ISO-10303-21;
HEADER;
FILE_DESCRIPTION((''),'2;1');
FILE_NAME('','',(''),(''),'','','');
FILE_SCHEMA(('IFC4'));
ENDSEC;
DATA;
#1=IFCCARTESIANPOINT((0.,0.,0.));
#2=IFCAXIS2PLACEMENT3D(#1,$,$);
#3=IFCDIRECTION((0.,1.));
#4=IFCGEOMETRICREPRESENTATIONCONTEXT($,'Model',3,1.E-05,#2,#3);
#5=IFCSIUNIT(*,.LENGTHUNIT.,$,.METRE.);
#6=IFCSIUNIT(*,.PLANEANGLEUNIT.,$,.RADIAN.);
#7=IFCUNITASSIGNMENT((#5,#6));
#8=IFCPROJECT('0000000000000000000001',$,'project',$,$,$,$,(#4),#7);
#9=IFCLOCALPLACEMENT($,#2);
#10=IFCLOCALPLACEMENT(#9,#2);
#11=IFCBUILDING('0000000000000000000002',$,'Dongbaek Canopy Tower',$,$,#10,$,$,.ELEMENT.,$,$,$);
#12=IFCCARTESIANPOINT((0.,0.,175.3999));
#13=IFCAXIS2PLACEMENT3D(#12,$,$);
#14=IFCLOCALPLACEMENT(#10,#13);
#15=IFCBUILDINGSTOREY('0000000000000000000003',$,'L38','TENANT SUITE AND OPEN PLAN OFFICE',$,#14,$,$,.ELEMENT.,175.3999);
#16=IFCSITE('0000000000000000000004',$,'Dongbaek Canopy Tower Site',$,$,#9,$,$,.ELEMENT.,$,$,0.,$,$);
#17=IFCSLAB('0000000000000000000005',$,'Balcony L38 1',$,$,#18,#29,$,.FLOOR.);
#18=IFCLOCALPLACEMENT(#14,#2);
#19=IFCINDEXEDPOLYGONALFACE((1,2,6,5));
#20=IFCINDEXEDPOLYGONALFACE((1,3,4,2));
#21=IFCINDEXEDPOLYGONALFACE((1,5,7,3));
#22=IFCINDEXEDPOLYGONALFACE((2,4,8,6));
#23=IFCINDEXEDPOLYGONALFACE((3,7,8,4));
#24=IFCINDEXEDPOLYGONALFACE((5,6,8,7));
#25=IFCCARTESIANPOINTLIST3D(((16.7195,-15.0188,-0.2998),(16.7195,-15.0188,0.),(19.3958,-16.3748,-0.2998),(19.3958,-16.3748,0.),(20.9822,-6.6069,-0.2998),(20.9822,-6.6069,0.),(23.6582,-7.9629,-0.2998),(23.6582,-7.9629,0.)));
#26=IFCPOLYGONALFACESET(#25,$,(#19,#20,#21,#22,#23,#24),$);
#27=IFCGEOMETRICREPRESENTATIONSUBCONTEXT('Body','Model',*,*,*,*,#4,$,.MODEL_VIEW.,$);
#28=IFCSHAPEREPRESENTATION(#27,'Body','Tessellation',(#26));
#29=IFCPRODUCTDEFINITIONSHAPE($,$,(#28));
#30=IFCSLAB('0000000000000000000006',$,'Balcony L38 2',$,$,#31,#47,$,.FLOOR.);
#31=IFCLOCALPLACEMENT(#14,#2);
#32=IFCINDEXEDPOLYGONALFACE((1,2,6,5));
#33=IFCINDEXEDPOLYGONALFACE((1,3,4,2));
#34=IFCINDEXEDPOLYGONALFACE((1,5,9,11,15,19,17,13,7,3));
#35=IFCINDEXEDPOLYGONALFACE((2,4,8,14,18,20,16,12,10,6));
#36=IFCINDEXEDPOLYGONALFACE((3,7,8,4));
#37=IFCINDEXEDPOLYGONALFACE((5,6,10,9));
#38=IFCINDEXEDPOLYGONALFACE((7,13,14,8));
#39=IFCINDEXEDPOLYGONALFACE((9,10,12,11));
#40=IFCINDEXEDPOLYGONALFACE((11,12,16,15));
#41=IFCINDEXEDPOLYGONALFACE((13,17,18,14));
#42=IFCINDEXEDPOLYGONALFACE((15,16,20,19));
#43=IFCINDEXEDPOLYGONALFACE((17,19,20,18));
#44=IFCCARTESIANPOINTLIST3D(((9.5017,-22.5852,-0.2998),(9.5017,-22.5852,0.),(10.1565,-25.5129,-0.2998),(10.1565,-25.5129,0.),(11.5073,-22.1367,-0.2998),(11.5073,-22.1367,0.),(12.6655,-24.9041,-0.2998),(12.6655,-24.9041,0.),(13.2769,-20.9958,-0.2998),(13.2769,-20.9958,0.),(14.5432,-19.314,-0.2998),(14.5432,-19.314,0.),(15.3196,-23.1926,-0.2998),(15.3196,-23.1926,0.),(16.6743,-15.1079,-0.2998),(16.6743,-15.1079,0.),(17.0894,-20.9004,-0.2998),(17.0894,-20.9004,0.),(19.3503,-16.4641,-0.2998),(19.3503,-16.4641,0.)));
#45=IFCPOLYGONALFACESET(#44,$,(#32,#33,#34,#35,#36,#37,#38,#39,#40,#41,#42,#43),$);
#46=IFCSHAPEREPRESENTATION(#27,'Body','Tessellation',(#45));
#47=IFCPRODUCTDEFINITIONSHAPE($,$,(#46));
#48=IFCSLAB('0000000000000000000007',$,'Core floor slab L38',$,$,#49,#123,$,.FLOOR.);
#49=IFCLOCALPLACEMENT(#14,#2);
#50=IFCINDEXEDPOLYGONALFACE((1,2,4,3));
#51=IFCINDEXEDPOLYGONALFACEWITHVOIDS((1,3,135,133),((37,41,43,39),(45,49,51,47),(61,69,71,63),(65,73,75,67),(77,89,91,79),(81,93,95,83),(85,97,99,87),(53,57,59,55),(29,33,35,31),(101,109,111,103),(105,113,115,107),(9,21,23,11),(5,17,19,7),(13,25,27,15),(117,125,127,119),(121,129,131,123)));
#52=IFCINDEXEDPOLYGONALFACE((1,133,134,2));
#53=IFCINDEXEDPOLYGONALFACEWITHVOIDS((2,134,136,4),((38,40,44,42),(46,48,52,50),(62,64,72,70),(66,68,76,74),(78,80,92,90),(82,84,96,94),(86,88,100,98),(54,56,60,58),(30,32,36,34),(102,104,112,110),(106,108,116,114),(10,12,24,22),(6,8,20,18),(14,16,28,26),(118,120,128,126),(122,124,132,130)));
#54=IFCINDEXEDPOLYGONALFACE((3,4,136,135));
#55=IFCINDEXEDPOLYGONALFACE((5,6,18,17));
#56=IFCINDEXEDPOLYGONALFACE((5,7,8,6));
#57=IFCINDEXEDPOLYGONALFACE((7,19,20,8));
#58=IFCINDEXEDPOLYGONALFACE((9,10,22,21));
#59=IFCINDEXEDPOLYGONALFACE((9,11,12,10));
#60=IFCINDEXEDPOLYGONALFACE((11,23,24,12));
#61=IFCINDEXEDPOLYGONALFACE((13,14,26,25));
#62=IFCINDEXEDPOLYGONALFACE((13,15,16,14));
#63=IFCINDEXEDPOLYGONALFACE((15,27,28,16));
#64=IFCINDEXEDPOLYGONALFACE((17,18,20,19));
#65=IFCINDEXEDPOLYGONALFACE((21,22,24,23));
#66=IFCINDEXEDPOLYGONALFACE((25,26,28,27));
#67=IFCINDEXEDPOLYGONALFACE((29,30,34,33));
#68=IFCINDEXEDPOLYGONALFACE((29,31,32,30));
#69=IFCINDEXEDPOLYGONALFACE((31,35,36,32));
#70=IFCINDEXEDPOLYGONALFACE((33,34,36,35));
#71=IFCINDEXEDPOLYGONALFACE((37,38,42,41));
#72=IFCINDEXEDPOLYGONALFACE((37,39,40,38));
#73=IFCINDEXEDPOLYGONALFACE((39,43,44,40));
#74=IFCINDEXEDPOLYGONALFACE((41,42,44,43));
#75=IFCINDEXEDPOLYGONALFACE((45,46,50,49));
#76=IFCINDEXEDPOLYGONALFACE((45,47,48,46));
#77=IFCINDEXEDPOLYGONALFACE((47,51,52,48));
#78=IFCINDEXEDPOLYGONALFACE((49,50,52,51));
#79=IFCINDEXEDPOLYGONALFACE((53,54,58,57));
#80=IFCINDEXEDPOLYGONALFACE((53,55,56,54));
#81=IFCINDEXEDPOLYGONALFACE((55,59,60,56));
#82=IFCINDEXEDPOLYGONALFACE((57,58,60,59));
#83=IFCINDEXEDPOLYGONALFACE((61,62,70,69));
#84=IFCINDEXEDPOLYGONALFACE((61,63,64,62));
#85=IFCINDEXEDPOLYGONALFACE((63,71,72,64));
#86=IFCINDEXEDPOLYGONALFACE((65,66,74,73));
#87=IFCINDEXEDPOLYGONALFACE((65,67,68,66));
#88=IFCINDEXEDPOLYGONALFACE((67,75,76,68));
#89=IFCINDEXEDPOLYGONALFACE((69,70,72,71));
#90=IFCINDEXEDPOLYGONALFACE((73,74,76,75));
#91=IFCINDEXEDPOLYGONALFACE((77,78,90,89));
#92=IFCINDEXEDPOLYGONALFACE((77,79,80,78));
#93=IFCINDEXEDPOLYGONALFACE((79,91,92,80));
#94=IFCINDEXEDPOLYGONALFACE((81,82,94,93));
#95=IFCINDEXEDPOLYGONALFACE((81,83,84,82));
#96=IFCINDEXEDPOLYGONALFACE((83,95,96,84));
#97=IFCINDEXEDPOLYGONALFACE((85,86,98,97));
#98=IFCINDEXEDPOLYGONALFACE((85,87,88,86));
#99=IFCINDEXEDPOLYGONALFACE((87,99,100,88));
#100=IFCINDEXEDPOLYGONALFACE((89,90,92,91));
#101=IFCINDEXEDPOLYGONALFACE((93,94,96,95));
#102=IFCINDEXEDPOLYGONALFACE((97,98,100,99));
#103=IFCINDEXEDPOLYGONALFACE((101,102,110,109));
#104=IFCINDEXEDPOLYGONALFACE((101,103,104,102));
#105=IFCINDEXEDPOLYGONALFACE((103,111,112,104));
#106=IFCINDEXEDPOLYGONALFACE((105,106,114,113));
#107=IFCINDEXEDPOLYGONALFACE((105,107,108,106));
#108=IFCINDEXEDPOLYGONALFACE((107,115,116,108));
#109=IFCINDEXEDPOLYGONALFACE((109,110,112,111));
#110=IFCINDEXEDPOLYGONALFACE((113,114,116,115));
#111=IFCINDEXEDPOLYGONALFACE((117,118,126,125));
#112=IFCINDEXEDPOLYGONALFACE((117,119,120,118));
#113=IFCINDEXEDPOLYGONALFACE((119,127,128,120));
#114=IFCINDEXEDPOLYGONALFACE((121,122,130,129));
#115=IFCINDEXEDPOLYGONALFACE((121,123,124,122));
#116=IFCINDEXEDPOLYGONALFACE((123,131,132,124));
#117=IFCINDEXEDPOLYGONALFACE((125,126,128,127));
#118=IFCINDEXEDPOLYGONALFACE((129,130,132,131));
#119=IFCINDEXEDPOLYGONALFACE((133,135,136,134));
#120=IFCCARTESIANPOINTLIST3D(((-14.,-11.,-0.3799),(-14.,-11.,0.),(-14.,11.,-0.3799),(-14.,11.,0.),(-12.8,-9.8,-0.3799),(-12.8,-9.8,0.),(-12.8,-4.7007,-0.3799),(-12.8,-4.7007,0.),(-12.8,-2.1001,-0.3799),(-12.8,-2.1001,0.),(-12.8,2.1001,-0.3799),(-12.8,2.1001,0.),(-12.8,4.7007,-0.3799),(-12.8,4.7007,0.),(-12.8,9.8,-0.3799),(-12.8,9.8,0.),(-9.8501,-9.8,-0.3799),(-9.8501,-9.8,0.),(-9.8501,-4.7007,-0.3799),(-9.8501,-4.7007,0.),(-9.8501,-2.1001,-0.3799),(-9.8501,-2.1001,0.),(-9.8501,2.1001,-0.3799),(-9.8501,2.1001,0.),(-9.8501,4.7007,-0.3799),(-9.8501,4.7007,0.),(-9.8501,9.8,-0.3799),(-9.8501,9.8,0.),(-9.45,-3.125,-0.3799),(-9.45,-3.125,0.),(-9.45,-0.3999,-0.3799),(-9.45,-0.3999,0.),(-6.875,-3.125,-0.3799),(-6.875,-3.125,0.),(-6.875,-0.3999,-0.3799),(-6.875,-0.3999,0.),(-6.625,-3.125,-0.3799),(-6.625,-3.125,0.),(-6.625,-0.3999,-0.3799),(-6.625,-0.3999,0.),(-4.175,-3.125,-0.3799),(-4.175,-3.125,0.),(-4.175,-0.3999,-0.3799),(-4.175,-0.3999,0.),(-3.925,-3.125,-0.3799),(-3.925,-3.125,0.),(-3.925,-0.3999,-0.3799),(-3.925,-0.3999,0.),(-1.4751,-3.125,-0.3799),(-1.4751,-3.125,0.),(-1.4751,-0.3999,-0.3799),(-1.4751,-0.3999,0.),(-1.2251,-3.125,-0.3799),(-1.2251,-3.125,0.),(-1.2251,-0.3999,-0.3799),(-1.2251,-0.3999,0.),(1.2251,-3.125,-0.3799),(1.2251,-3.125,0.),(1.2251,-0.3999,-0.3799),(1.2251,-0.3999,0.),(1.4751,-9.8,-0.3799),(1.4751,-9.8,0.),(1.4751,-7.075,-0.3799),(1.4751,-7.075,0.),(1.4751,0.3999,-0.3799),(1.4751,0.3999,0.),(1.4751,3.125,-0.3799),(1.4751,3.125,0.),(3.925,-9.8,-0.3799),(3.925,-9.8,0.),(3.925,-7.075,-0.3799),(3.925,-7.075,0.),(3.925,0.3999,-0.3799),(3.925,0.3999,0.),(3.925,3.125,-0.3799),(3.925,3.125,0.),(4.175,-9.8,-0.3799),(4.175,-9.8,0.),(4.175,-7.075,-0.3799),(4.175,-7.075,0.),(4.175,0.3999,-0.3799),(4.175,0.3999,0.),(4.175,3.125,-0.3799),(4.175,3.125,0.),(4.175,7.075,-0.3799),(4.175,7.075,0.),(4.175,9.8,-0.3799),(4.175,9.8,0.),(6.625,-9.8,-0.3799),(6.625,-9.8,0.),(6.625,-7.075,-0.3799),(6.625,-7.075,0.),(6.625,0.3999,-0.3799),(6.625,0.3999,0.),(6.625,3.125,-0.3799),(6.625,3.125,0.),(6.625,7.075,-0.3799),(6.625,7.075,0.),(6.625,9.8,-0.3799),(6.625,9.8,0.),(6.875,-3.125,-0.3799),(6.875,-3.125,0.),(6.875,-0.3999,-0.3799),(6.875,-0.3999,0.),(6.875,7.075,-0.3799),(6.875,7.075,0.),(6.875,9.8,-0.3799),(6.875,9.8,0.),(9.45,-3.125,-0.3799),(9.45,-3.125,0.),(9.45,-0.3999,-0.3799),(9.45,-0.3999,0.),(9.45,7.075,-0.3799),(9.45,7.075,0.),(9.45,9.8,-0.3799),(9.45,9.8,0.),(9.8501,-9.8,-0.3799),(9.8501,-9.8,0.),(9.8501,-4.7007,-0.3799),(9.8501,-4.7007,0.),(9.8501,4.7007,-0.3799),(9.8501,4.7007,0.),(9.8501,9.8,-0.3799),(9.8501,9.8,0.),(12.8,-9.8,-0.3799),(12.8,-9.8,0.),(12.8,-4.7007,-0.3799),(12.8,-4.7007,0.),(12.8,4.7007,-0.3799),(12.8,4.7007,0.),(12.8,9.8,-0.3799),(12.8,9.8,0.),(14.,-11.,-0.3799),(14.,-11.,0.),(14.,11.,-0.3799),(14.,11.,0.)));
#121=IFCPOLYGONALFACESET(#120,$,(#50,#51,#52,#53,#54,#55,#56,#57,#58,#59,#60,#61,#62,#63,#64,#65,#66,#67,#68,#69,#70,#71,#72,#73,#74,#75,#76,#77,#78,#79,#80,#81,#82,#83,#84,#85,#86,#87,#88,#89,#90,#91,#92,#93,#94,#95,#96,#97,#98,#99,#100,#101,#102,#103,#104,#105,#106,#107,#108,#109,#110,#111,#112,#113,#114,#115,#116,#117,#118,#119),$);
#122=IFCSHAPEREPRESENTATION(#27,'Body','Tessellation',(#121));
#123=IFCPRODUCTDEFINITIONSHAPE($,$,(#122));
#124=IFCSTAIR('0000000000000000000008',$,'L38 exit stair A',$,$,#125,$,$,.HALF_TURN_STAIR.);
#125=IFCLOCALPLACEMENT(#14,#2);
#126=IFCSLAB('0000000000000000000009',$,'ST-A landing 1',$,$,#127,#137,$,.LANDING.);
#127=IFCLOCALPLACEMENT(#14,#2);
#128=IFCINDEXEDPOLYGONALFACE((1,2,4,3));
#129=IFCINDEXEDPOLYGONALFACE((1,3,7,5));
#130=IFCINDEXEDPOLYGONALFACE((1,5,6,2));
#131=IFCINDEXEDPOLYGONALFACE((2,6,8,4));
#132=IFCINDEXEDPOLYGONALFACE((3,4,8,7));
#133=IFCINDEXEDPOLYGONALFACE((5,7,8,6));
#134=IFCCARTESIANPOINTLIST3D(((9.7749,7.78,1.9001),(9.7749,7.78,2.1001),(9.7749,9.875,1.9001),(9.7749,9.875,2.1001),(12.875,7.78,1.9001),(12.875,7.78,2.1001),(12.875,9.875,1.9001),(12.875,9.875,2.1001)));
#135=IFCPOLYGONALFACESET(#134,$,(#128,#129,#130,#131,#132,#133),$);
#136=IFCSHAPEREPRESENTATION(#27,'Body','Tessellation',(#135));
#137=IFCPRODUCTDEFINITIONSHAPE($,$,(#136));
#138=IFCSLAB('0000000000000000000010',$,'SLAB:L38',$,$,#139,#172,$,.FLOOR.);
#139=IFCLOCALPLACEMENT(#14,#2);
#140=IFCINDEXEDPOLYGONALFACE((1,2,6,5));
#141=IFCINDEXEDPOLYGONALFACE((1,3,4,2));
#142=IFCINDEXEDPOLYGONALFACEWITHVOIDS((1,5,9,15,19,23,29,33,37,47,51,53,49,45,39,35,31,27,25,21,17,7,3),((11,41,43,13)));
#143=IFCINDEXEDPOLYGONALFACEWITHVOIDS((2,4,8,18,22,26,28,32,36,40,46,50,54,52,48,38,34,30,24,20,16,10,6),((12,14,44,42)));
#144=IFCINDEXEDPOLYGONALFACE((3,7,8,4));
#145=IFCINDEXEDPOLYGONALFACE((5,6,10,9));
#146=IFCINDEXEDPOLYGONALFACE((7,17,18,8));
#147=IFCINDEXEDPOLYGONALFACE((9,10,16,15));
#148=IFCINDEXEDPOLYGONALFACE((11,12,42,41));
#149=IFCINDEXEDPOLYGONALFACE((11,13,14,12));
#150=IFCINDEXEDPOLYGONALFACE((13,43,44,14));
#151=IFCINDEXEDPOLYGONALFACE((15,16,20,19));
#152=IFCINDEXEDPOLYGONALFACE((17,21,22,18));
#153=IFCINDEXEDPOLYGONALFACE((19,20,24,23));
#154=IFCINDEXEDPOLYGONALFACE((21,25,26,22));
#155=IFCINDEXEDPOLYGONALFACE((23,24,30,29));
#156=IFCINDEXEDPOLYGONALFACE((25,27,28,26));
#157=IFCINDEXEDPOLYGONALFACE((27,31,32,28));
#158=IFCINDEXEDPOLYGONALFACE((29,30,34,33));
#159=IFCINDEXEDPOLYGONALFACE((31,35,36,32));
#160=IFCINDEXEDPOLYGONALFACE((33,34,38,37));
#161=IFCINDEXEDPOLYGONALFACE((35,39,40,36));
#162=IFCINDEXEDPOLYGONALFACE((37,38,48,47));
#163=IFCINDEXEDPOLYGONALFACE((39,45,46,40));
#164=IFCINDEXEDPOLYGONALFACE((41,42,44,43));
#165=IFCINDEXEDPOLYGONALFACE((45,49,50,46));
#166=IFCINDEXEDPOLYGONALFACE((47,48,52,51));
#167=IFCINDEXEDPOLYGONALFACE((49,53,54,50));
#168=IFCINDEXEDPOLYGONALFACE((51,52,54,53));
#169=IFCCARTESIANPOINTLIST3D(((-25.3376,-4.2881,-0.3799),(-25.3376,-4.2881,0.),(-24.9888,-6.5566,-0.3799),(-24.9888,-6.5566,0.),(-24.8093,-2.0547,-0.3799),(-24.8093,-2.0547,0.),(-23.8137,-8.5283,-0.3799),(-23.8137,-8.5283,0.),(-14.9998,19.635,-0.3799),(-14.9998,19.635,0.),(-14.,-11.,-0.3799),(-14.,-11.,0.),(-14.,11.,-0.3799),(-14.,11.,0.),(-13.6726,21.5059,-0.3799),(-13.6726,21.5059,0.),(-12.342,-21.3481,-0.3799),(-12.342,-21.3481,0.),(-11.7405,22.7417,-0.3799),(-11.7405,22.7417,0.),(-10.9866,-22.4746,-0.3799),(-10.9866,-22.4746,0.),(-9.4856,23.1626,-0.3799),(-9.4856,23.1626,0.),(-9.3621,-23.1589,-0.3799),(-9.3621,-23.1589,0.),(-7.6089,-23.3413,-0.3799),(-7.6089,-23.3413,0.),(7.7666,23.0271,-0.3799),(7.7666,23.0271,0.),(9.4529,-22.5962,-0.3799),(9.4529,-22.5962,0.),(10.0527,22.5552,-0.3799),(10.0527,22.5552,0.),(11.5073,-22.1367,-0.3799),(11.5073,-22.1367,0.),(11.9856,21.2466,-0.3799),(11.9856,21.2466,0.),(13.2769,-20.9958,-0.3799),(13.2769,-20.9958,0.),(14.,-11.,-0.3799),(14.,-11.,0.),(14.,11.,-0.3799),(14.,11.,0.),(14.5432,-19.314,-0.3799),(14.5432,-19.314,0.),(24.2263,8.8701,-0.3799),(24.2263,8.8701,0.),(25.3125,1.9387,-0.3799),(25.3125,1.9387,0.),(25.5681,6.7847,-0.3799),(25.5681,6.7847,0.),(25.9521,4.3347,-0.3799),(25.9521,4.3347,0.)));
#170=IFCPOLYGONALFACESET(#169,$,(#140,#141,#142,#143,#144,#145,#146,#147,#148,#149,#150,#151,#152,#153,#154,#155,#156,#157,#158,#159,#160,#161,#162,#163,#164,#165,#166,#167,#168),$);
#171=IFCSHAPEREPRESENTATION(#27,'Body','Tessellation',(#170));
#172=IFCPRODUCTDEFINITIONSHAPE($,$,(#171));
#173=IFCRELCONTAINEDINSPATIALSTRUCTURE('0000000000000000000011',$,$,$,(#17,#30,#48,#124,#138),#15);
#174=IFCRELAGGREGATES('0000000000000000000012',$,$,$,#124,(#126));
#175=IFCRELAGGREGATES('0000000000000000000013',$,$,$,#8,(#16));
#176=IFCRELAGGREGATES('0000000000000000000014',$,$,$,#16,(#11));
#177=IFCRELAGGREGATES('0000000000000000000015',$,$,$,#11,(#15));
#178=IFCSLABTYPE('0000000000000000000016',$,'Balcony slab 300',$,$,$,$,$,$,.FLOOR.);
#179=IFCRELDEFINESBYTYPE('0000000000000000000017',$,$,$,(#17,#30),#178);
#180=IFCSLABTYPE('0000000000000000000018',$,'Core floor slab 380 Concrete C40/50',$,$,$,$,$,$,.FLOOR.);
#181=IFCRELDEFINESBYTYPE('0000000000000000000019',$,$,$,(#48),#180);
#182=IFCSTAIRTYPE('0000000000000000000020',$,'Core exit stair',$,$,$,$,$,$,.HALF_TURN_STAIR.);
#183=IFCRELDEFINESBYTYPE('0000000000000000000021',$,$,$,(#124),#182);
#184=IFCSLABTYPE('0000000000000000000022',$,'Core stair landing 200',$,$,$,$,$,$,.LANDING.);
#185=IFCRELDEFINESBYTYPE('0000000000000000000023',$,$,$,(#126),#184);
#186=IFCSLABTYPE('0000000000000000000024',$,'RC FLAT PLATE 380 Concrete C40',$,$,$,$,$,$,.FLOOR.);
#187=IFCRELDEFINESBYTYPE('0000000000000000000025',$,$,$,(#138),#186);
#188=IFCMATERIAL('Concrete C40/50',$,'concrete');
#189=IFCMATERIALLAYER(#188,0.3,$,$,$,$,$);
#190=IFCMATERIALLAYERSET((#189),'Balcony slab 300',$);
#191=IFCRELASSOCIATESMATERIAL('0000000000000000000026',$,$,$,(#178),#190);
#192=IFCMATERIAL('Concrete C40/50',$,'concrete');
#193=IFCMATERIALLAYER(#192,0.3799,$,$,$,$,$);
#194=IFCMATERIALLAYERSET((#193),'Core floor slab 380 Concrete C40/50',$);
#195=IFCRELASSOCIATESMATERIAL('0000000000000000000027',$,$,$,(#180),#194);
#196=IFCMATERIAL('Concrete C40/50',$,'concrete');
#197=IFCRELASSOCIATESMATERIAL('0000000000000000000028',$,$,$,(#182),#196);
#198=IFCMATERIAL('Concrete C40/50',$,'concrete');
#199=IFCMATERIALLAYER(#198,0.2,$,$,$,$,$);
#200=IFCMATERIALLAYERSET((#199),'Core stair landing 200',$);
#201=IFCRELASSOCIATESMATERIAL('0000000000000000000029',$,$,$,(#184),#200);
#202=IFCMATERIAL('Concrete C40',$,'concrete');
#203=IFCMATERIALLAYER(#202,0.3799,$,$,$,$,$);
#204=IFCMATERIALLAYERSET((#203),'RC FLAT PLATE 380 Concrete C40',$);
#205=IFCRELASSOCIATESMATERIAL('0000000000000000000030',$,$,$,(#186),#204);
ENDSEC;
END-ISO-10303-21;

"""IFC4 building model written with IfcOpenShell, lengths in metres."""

from ifc_helpers import new_model, si_unit, direction, frame, origin, place, context, subcontext, project, spatial, polyline, outline, extrude, material, layer, layer_set, type_object, element, aggregate, save


model = new_model("IFC4")

# Units and contexts
model_context = context("Model", 3, precision=1e-05, world=origin(), true_north=direction((0.0, 1.0)))
body_context = subcontext(model_context, "Body", "Model", "MODEL_VIEW")
ifc_project = project(units=[si_unit("LENGTHUNIT", "METRE"), si_unit("PLANEANGLEUNIT", "RADIAN")], contexts=[model_context])

# Site, building, storey
site_placement = place(None, origin())
site = spatial("IfcSite", under=ifc_project, at=site_placement, Name="Dongbaek Canopy Tower Site", CompositionType="ELEMENT", RefElevation=0.0)
building_placement = place(site_placement, origin())
building = spatial("IfcBuilding", under=site, at=building_placement, Name="Dongbaek Canopy Tower", CompositionType="ELEMENT")
storey_placement = place(building_placement, frame((0.0, 0.0, 175.3999)))
storey = spatial("IfcBuildingStorey", under=building, at=storey_placement, Name="L38", Description="TENANT SUITE AND OPEN PLAN OFFICE", CompositionType="ELEMENT", Elevation=175.3999)

# Slabs
ifc_material_1 = material(Name="Concrete C40/50", Category="concrete")
ifc_layer_1 = layer(ifc_material_1, 0.3)
ifc_layer_set_1 = layer_set([ifc_layer_1], Name="Balcony slab 300")
slab_type_1 = type_object("IfcSlabType", Name="Balcony slab 300", PredefinedType="FLOOR", material=ifc_layer_set_1)
slab_1_placement = place(storey_placement, frame((0.0, 0.0, -0.2998)))
element("IfcSlab", 1, at=slab_1_placement, inside=storey, type_object=slab_type_1, Name="Balcony L38 1", PredefinedType="FLOOR", context=body_context, shape_type="SweptSolid", body=[
    extrude(outline(polyline([(16.7195, -15.0188), (20.9822, -6.6069), (23.6582, -7.9629), (19.3958, -16.3748), (16.7195, -15.0188)])), origin(), (0.0, 0.0, 1.0), 0.2998),
])
slab_2_placement = place(storey_placement, frame((0.0, 0.0, -0.2998)))
element("IfcSlab", 2, at=slab_2_placement, inside=storey, type_object=slab_type_1, Name="Balcony L38 2", PredefinedType="FLOOR", context=body_context, shape_type="SweptSolid", body=[
    extrude(outline(polyline([(9.5017, -22.5852), (11.5073, -22.1367), (13.2769, -20.9958), (14.5432, -19.314), (16.6743, -15.1079), (19.3503, -16.4641), (17.0894, -20.9004), (15.3196, -23.1926), (12.6655, -24.9041), (10.1565, -25.5129), (9.5017, -22.5852)])), origin(), (0.0, 0.0, 1.0), 0.2998),
])
ifc_material_2 = material(Name="Concrete C40/50", Category="concrete")
ifc_layer_2 = layer(ifc_material_2, 0.3799)
ifc_layer_set_2 = layer_set([ifc_layer_2], Name="Core floor slab 380 Concrete C40/50")
slab_type_2 = type_object("IfcSlabType", Name="Core floor slab 380 Concrete C40/50", PredefinedType="FLOOR", material=ifc_layer_set_2)
slab_3_placement = place(storey_placement, frame((0.0, 0.0, -0.3799)))
element("IfcSlab", 3, at=slab_3_placement, inside=storey, type_object=slab_type_2, Name="Core floor slab L38", PredefinedType="FLOOR", context=body_context, shape_type="SweptSolid", body=[
    extrude(outline(polyline([(14.0, -11.0), (14.0, 11.0), (-14.0, 11.0), (-14.0, -11.0), (14.0, -11.0)]), holes=[polyline([(-12.8, 2.1001), (-9.8501, 2.1001), (-9.8501, -2.1001), (-12.8, -2.1001), (-12.8, 2.1001)]), polyline([(6.625, 9.8), (6.625, 7.075), (4.175, 7.075), (4.175, 9.8), (6.625, 9.8)]), polyline([(9.45, 7.075), (6.875, 7.075), (6.875, 9.8), (9.45, 9.8), (9.45, 7.075)]), polyline([(1.4751, 0.3999), (1.4751, 3.125), (3.925, 3.125), (3.925, 0.3999), (1.4751, 0.3999)]), polyline([(4.175, 0.3999), (4.175, 3.125), (6.625, 3.125), (6.625, 0.3999), (4.175, 0.3999)]), polyline([(-9.45, -0.3999), (-6.875, -0.3999), (-6.875, -3.125), (-9.45, -3.125), (-9.45, -0.3999)]), polyline([(-6.625, -3.125), (-6.625, -0.3999), (-4.175, -0.3999), (-4.175, -3.125), (-6.625, -3.125)]), polyline([(-3.925, -3.125), (-3.925, -0.3999), (-1.4751, -0.3999), (-1.4751, -3.125), (-3.925, -3.125)]), polyline([(-1.2251, -3.125), (-1.2251, -0.3999), (1.2251, -0.3999), (1.2251, -3.125), (-1.2251, -3.125)]), polyline([(9.45, -3.125), (6.875, -3.125), (6.875, -0.3999), (9.45, -0.3999), (9.45, -3.125)]), polyline([(1.4751, -9.8), (1.4751, -7.075), (3.925, -7.075), (3.925, -9.8), (1.4751, -9.8)]), polyline([(4.175, -9.8), (4.175, -7.075), (6.625, -7.075), (6.625, -9.8), (4.175, -9.8)]), polyline([(12.8, 4.7007), (12.8, 9.8), (9.8501, 9.8), (9.8501, 4.7007), (12.8, 4.7007)]), polyline([(-9.8501, 4.7007), (-9.8501, 9.8), (-12.8, 9.8), (-12.8, 4.7007), (-9.8501, 4.7007)]), polyline([(9.8501, -4.7007), (9.8501, -9.8), (12.8, -9.8), (12.8, -4.7007), (9.8501, -4.7007)]), polyline([(-12.8, -4.7007), (-12.8, -9.8), (-9.8501, -9.8), (-9.8501, -4.7007), (-12.8, -4.7007)])]), origin(), (0.0, 0.0, 1.0), 0.3799),
])

# Stair, slab
ifc_material_3 = material(Name="Concrete C40/50", Category="concrete")
stair_type = type_object("IfcStairType", Name="Core exit stair", PredefinedType="HALF_TURN_STAIR", material=ifc_material_3)
stair_1_placement = place(storey_placement, origin())
stair_1 = element("IfcStair", 4, at=stair_1_placement, inside=storey, type_object=stair_type, Name="L38 exit stair A", PredefinedType="HALF_TURN_STAIR")
ifc_material_4 = material(Name="Concrete C40/50", Category="concrete")
ifc_layer_3 = layer(ifc_material_4, 0.2)
ifc_layer_set_3 = layer_set([ifc_layer_3], Name="Core stair landing 200")
slab_type_3 = type_object("IfcSlabType", Name="Core stair landing 200", PredefinedType="LANDING", material=ifc_layer_set_3)
slab_4_placement = place(storey_placement, frame((0.0, 0.0, 1.9001)))
slab_4 = element("IfcSlab", 5, at=slab_4_placement, type_object=slab_type_3, Name="ST-A landing 1", PredefinedType="LANDING", context=body_context, shape_type="SweptSolid", body=[
    extrude(outline(polyline([(12.875, 7.78), (12.875, 9.875), (9.7749, 9.875), (9.7749, 7.78), (12.875, 7.78)])), origin(), (0.0, 0.0, 1.0), 0.2),
])
aggregate(stair_1, [slab_4])

# Slab
ifc_material_5 = material(Name="Concrete C40", Category="concrete")
ifc_layer_4 = layer(ifc_material_5, 0.3799)
ifc_layer_set_4 = layer_set([ifc_layer_4], Name="RC FLAT PLATE 380 Concrete C40")
slab_type_4 = type_object("IfcSlabType", Name="RC FLAT PLATE 380 Concrete C40", PredefinedType="FLOOR", material=ifc_layer_set_4)
slab_5_placement = place(storey_placement, frame((0.0, 0.0, -0.3799)))
element("IfcSlab", 6, at=slab_5_placement, inside=storey, type_object=slab_type_4, Name="SLAB:L38", PredefinedType="FLOOR", context=body_context, shape_type="SweptSolid", body=[
    extrude(outline(polyline([(14.5432, -19.314), (13.2769, -20.9958), (11.5073, -22.1367), (9.4529, -22.5962), (-7.6089, -23.3413), (-9.3621, -23.1589), (-10.9866, -22.4746), (-12.342, -21.3481), (-23.8137, -8.5283), (-24.9888, -6.5566), (-25.3376, -4.2881), (-24.8093, -2.0547), (-14.9998, 19.635), (-13.6726, 21.5059), (-11.7405, 22.7417), (-9.4856, 23.1626), (7.7666, 23.0271), (10.0527, 22.5552), (11.9856, 21.2466), (24.2263, 8.8701), (25.5681, 6.7847), (25.9521, 4.3347), (25.3125, 1.9387), (14.5432, -19.314)]), holes=[polyline([(14.0, 11.0), (-14.0, 11.0), (-14.0, -11.0), (14.0, -11.0), (14.0, 11.0)])]), origin(), (0.0, 0.0, 1.0), 0.3799),
])

save(model, "model.ifc")
